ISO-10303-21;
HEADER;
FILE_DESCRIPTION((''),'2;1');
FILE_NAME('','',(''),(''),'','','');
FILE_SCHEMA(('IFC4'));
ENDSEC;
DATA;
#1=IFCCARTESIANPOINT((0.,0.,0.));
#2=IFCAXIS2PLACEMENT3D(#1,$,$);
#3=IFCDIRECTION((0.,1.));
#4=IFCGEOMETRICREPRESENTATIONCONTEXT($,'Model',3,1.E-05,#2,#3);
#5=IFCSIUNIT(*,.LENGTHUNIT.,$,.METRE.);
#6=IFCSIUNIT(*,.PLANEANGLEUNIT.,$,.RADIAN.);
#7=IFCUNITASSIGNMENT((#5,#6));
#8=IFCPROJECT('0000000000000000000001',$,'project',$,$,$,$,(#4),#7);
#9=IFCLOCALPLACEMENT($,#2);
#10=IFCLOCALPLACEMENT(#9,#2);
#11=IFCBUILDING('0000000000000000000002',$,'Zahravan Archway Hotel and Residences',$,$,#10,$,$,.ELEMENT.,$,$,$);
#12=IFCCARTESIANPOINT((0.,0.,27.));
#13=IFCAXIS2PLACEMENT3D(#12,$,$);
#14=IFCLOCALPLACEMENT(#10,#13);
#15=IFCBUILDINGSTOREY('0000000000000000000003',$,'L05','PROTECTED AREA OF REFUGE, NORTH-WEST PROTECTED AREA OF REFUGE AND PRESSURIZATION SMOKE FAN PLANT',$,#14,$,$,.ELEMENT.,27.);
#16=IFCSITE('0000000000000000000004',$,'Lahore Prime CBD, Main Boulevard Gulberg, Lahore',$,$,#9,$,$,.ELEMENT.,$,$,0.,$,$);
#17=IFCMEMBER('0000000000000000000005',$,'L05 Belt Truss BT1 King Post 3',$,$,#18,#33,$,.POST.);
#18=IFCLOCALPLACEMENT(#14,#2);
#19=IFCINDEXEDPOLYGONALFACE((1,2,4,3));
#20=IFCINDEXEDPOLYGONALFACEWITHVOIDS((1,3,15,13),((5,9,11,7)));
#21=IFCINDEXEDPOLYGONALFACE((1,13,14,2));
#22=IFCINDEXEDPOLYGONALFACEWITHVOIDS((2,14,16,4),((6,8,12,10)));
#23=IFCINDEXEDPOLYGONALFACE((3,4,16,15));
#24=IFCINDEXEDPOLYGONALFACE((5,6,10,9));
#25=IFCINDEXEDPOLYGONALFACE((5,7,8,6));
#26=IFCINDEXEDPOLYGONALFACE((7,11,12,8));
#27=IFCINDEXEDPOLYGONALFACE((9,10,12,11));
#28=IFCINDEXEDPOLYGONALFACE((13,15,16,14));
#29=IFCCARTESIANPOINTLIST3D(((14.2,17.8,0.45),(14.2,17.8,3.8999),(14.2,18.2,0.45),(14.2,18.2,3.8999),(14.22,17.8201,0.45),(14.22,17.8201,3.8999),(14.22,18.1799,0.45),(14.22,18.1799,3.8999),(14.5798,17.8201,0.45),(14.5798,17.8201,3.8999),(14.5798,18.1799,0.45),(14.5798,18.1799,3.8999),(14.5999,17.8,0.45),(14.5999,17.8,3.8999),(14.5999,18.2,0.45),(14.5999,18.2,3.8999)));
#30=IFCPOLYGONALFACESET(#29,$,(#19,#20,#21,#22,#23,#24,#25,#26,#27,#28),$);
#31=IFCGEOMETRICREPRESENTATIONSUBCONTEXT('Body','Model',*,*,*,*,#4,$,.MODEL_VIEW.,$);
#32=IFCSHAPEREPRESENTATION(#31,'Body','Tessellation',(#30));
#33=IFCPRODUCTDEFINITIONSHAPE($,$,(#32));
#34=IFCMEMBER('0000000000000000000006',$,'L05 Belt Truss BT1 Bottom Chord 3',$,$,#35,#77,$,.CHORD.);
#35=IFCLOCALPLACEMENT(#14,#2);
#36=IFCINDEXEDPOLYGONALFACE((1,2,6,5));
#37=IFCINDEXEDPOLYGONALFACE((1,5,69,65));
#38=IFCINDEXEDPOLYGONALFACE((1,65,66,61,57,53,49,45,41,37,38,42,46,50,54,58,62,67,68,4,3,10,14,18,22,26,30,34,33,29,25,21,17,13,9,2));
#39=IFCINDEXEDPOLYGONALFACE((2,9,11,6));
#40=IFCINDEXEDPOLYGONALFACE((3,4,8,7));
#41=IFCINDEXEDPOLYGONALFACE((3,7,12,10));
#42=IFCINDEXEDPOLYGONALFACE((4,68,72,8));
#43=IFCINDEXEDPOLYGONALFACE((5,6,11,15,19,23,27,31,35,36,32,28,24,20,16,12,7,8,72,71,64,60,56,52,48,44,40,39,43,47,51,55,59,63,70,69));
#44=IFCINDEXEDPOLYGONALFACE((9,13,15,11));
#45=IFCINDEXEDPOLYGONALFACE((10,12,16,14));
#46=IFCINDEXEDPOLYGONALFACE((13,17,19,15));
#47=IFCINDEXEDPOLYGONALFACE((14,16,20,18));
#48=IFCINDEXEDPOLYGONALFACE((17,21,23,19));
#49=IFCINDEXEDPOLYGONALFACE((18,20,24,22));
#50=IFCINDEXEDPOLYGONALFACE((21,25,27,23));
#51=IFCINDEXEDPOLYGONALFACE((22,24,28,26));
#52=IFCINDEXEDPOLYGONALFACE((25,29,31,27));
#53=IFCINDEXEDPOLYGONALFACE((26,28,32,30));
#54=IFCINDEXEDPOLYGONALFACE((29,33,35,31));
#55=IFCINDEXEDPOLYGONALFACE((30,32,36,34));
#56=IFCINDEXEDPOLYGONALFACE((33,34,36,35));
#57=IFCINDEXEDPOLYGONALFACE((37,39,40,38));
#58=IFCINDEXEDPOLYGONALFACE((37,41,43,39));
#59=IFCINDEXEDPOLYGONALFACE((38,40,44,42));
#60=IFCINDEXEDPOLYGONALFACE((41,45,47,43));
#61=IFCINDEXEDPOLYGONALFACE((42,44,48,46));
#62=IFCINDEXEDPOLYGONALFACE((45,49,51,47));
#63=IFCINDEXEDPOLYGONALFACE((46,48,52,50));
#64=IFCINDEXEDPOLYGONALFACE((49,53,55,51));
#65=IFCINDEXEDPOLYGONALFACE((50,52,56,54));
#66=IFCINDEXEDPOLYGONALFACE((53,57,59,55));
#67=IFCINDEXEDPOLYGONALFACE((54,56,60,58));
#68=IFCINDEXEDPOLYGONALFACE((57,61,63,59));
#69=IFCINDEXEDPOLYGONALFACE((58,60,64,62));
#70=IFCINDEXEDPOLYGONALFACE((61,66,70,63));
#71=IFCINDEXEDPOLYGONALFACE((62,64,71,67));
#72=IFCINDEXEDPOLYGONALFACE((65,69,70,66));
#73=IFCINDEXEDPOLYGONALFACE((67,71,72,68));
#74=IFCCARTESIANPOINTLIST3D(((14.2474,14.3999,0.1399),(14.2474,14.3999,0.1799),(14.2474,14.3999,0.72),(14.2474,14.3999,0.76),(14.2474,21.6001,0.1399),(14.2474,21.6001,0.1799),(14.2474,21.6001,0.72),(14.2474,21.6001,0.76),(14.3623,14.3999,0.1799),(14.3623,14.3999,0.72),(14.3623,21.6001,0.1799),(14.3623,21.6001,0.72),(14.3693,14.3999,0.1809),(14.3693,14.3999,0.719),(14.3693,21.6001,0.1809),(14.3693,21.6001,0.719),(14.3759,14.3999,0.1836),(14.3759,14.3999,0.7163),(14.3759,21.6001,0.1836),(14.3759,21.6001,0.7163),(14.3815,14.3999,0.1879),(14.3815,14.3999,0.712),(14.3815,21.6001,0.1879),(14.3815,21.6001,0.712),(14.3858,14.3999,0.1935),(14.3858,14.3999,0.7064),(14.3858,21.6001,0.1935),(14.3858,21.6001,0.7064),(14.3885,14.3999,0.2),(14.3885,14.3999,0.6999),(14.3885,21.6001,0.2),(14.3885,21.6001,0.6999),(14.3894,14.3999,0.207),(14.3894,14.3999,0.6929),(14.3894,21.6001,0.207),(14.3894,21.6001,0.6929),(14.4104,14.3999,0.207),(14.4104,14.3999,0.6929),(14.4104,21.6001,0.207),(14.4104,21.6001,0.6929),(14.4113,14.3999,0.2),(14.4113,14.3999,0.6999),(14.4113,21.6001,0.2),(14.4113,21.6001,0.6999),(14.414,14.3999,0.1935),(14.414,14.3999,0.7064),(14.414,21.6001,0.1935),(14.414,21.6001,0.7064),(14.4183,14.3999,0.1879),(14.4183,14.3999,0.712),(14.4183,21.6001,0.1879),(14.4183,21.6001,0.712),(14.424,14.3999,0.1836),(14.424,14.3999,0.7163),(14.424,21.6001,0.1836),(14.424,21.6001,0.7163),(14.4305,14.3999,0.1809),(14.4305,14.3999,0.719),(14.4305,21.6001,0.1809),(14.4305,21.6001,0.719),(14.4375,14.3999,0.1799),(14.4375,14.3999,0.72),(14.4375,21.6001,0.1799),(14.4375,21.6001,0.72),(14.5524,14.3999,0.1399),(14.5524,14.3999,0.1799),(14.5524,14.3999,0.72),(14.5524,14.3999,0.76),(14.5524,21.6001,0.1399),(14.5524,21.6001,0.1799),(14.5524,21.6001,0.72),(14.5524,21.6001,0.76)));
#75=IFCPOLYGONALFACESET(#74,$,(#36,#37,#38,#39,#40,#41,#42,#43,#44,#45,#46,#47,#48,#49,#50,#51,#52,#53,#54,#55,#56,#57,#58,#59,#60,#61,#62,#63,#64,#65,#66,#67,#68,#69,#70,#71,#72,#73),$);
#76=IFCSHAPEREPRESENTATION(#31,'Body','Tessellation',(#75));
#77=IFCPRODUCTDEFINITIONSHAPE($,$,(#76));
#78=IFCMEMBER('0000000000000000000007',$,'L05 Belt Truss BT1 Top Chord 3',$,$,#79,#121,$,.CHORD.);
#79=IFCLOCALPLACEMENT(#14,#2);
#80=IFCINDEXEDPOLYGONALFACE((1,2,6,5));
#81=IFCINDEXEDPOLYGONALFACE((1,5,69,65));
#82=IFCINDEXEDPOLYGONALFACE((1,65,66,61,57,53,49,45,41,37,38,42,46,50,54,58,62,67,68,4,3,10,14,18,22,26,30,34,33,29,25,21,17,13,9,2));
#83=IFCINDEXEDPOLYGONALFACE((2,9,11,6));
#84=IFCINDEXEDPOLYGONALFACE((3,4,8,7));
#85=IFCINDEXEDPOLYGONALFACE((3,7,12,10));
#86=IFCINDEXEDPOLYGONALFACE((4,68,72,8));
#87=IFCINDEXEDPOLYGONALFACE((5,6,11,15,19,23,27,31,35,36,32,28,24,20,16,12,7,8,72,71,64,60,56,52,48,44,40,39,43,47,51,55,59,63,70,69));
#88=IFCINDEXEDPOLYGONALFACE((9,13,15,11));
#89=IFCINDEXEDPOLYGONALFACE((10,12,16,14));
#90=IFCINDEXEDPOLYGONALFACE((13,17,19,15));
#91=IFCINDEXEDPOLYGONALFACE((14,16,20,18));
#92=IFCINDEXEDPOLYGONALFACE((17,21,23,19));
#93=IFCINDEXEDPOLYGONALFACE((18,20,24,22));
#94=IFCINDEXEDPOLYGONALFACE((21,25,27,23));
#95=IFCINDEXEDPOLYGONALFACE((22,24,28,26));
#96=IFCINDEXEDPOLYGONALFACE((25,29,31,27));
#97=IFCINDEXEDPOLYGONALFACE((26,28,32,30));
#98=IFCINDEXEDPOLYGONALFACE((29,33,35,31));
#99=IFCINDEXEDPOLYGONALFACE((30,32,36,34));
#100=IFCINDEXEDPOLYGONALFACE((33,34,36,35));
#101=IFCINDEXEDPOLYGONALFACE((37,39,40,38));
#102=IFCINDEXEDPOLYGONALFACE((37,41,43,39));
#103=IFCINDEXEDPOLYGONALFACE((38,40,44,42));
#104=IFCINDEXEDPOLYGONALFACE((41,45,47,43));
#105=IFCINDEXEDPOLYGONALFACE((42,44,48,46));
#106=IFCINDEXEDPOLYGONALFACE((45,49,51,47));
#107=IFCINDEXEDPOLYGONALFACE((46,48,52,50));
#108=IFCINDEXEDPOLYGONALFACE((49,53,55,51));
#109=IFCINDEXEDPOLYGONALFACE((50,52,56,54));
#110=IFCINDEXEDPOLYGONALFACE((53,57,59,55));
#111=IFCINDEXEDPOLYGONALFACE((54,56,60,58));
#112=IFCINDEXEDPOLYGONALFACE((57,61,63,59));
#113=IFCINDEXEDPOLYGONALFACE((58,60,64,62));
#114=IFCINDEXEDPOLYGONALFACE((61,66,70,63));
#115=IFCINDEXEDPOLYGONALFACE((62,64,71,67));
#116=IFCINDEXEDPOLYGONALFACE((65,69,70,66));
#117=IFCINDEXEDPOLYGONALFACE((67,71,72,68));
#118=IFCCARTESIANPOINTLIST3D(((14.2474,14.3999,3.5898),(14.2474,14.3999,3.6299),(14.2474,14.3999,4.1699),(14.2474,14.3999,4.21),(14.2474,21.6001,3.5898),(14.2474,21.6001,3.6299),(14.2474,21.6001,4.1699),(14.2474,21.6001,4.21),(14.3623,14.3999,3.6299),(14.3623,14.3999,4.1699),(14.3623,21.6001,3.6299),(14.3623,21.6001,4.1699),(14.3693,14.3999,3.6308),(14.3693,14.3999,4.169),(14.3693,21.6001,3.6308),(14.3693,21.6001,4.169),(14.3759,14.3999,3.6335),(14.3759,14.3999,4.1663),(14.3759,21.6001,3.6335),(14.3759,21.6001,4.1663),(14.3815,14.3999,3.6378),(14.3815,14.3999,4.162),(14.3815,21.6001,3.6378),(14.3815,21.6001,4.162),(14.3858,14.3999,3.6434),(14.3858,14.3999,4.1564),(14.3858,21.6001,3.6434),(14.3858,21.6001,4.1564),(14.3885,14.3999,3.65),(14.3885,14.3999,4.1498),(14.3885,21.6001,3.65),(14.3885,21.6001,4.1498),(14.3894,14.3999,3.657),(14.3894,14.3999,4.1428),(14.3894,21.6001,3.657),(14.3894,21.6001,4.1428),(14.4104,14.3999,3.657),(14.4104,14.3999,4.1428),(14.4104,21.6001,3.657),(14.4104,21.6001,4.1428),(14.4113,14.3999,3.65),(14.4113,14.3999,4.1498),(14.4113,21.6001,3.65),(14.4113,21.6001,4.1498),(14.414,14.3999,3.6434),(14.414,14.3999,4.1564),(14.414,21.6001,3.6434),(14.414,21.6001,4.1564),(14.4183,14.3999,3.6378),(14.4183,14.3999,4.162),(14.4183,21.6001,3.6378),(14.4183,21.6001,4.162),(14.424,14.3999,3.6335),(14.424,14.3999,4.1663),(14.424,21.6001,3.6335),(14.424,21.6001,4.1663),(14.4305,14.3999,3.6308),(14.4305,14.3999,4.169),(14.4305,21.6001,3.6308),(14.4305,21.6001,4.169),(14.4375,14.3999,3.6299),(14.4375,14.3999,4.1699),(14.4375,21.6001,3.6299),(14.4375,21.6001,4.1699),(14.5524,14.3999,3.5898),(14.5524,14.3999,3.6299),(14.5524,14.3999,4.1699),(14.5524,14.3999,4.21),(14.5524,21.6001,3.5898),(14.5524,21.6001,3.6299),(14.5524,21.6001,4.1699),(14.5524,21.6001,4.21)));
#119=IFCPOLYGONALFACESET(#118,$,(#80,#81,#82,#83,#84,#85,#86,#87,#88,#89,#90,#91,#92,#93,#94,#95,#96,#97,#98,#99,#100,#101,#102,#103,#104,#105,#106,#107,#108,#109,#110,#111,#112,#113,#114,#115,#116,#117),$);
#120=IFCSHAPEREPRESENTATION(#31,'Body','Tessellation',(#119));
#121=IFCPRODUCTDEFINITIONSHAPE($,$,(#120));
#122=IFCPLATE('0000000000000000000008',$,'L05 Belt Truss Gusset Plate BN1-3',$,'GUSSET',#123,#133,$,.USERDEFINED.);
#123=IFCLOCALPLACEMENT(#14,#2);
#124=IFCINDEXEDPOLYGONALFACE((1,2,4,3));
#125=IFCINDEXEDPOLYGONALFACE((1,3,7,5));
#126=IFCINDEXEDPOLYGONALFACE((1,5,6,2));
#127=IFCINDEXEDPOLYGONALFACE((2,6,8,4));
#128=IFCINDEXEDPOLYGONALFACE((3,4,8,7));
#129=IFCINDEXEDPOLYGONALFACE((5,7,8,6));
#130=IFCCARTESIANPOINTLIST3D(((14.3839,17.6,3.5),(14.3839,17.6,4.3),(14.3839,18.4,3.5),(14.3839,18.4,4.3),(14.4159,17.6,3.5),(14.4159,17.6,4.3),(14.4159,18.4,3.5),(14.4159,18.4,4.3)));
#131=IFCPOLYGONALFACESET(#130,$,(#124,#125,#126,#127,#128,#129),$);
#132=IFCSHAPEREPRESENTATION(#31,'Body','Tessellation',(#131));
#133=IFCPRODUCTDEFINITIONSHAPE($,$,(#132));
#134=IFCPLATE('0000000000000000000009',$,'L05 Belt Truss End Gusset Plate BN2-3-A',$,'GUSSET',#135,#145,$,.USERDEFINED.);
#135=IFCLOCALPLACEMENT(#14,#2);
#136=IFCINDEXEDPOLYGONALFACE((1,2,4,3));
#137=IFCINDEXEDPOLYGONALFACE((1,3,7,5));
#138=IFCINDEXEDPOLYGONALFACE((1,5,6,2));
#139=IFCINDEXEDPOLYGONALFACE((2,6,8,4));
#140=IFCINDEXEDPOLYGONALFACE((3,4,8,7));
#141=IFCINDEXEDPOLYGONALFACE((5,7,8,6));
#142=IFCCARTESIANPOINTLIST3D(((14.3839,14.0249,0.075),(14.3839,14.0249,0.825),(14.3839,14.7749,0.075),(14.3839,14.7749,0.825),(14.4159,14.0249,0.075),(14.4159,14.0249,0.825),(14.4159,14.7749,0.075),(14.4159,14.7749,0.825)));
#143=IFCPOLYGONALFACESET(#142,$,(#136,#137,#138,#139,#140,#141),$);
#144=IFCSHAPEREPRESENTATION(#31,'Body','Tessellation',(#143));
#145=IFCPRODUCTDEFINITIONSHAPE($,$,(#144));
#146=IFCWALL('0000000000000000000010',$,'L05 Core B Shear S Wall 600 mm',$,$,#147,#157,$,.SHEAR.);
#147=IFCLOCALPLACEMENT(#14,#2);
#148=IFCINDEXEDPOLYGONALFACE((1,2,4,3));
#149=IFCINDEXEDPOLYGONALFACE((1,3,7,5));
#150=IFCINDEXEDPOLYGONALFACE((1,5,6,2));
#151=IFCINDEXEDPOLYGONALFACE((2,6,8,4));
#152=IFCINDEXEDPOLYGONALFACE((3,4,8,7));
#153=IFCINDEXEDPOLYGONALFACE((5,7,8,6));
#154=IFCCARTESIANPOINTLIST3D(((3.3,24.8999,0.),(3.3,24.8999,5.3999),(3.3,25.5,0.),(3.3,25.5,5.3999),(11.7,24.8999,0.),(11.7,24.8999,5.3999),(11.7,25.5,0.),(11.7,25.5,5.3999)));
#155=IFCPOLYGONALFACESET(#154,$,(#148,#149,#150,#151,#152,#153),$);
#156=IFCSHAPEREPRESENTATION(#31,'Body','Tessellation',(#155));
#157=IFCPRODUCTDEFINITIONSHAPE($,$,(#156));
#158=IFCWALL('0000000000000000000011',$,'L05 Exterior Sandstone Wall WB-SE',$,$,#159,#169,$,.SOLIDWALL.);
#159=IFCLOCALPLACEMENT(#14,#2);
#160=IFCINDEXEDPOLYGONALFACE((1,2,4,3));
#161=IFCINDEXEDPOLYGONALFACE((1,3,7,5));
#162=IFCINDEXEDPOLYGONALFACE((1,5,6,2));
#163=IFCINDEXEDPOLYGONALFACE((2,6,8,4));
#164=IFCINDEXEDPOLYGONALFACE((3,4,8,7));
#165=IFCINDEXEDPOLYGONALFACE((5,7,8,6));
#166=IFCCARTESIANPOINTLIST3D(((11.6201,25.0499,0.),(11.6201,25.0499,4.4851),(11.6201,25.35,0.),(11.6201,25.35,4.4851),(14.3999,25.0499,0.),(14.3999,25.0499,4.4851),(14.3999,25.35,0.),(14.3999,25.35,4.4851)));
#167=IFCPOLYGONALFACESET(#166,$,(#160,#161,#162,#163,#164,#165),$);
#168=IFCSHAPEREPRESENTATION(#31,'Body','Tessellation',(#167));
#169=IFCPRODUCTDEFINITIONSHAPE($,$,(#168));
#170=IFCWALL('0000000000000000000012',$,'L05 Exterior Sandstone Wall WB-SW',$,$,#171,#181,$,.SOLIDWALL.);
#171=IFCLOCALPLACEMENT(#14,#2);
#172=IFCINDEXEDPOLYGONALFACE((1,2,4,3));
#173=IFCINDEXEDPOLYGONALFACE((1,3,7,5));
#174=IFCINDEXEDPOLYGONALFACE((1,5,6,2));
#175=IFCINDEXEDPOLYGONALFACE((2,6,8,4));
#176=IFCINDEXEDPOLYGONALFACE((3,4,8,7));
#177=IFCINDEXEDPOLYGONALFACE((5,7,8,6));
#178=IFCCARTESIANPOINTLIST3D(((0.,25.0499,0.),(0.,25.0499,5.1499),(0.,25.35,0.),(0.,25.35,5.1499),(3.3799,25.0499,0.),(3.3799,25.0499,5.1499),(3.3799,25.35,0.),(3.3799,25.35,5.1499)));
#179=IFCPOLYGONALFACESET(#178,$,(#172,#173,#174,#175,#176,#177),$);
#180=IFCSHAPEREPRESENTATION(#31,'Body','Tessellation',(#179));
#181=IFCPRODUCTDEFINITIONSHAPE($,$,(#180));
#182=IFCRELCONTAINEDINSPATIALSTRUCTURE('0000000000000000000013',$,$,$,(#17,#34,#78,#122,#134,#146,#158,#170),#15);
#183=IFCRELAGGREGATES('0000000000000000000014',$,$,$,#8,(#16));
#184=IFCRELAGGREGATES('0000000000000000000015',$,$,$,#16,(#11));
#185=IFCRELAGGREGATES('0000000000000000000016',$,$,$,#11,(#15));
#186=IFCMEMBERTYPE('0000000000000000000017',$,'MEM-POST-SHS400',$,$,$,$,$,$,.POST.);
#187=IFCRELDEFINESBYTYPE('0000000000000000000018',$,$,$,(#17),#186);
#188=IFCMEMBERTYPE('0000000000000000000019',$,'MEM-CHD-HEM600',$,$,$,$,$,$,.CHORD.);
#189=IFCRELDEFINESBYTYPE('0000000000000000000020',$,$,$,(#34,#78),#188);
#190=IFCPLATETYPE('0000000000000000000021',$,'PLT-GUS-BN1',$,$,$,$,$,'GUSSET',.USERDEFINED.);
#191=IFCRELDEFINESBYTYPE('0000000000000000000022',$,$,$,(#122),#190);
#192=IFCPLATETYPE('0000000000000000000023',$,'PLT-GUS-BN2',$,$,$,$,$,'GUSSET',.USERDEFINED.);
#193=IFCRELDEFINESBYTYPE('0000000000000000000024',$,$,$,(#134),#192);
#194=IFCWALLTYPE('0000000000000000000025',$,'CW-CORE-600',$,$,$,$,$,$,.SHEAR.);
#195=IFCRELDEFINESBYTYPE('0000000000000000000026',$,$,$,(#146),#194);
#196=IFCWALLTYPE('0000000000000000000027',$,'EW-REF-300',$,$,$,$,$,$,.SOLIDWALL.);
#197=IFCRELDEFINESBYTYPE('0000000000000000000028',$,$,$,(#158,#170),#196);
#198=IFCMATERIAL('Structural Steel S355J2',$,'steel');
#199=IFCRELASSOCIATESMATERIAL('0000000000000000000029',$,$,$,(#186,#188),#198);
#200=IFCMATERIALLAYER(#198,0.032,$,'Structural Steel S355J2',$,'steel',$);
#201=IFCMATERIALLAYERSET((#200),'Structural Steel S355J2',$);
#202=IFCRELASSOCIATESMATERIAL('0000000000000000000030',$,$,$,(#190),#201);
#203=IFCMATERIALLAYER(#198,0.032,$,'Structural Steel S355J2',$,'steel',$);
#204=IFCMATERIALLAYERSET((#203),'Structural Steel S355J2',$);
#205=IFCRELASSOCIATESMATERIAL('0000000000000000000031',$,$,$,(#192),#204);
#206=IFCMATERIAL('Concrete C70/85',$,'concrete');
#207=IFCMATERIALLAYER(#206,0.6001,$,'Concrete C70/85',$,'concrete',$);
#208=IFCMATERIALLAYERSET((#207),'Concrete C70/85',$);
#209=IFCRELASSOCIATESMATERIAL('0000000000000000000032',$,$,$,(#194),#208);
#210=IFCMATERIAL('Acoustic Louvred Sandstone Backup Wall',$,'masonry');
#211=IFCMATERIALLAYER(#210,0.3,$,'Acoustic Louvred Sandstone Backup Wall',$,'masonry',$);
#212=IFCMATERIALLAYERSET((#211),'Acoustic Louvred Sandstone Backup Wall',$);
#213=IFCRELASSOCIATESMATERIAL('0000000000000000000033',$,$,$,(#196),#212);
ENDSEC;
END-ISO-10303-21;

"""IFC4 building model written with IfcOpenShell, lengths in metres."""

from ifc_helpers import new_model, si_unit, direction, frame, frame_2d, origin, origin_2d, place, context, subcontext, project, spatial, rectangle, hollow_rectangle, i_section, extrude, source, transform, mapped, material, layer, layer_set, material_profile, profile_set, type_object, type_shapes, element, save


model = new_model("IFC4")

# Units and contexts
model_context = context("Model", 3, precision=1e-05, world=origin(), true_north=direction((0.0, 1.0)))
body_context = subcontext(model_context, "Body", "Model", "MODEL_VIEW")
ifc_project = project(units=[si_unit("LENGTHUNIT", "METRE"), si_unit("PLANEANGLEUNIT", "RADIAN")], contexts=[model_context])

# Site, building, storey
site_placement = place(None, origin())
site = spatial("IfcSite", under=ifc_project, at=site_placement, Name="Lahore Prime CBD, Main Boulevard Gulberg, Lahore", CompositionType="ELEMENT", RefElevation=0.0)
building_placement = place(site_placement, origin())
building = spatial("IfcBuilding", under=site, at=building_placement, Name="Zahravan Archway Hotel and Residences", CompositionType="ELEMENT")
storey_placement = place(building_placement, frame((0.0, 0.0, 27.0)))
storey = spatial("IfcBuildingStorey", under=building, at=storey_placement, Name="L05", Description="PROTECTED AREA OF REFUGE, NORTH-WEST PROTECTED AREA OF REFUGE AND PRESSURIZATION SMOKE FAN PLANT", CompositionType="ELEMENT", Elevation=27.0)

# Shared definitions
ifc_material_1 = material(Name="Concrete C70/85", Category="concrete")

# Members
ifc_material_2 = material(Name="Structural Steel S355J2", Category="steel")
ifc_material_profile_1 = material_profile(ifc_material_2, hollow_rectangle(XDim=0.3999, YDim=0.3999, WallThickness=0.02, at=origin_2d()), Name="SHS 400x400x20", Category="steel")
ifc_profile_set_1 = profile_set([ifc_material_profile_1], Name="Structural Steel S355J2")
member_type_1 = type_object("IfcMemberType", Name="MEM-POST-SHS400", PredefinedType="POST", material=ifc_profile_set_1)
shared_shape_1 = source(origin(), body_context, "Body", "SweptSolid", [
    extrude(hollow_rectangle(XDim=0.3999, YDim=0.3999, WallThickness=0.02, at=origin_2d()), origin(), (0.0, 0.0, 1.0), 3.45),
])
type_shapes(member_type_1, [shared_shape_1])
member_placement = place(storey_placement, frame((14.3999, 18.0, 0.45), z_axis=(0.0, 0.0, 1.0), x_axis=(1.0, 0.0, 0.0)))
element("IfcMember", 1, at=member_placement, inside=storey, type_object=member_type_1, Name="L05 Belt Truss BT1 King Post 3", PredefinedType="POST", context=body_context, shape_type="MappedRepresentation", body=[
    mapped(shared_shape_1, transform((0.0, 0.0, 0.0), scale=1.0)),
])
ifc_material_profile_2 = material_profile(ifc_material_2, i_section(OverallWidth=0.3049, OverallDepth=0.6201, WebThickness=0.021, FlangeThickness=0.04, FilletRadius=0.0271, at=origin_2d()), Name="HEM 600", Category="steel")
ifc_profile_set_2 = profile_set([ifc_material_profile_2], Name="Structural Steel S355J2")
member_type_2 = type_object("IfcMemberType", Name="MEM-CHD-HEM600", PredefinedType="CHORD", material=ifc_profile_set_2)
shared_shape_2 = source(origin(), body_context, "Body", "SweptSolid", [
    extrude(i_section(OverallWidth=0.3049, OverallDepth=0.6201, WebThickness=0.021, FlangeThickness=0.04, FilletRadius=0.0271, at=origin_2d()), origin(), (0.0, 0.0, 1.0), 7.2002),
])
for number, where, z_axis, x_axis, name in (
    (2, (14.3999, 14.3999, 0.45), (0.0, 1.0, 0.0), (-1.0, 0.0, 0.0), "L05 Belt Truss BT1 Bottom Chord 3"),
    (3, (14.3999, 14.3999, 3.8999), (0.0, 1.0, 0.0), (-1.0, 0.0, 0.0), "L05 Belt Truss BT1 Top Chord 3"),
):
    element("IfcMember", number, at=place(storey_placement, frame(where, z_axis=z_axis, x_axis=x_axis)), inside=storey, type_object=member_type_2, Name=name, PredefinedType="CHORD", context=body_context, shape_type="MappedRepresentation", body=[
        mapped(shared_shape_2, transform((0.0, 0.0, 0.0), scale=1.0)),
    ])

# Plates
ifc_layer_1 = layer(ifc_material_2, 0.032, Name="Structural Steel S355J2", Category="steel")
ifc_layer_set_1 = layer_set([ifc_layer_1], Name="Structural Steel S355J2")
plate_type_1 = type_object("IfcPlateType", Name="PLT-GUS-BN1", ElementType="GUSSET", PredefinedType="USERDEFINED", material=ifc_layer_set_1)
shared_shape_3 = source(origin(), body_context, "Body", "SweptSolid", [
    extrude(rectangle(XDim=0.8, YDim=0.032, at=origin_2d()), origin(), (0.0, 0.0, 1.0), 0.8),
])
type_shapes(plate_type_1, [shared_shape_3])
plate_1_placement = place(storey_placement, frame((14.3999, 18.0, 3.5), z_axis=(0.0, 0.0, 1.0), x_axis=(0.0, 1.0, 0.0)))
element("IfcPlate", 4, at=plate_1_placement, inside=storey, type_object=plate_type_1, Name="L05 Belt Truss Gusset Plate BN1-3", ObjectType="GUSSET", PredefinedType="USERDEFINED", context=body_context, shape_type="MappedRepresentation", body=[
    mapped(shared_shape_3, transform((0.0, 0.0, 0.0), scale=1.0)),
])
ifc_layer_2 = layer(ifc_material_2, 0.032, Name="Structural Steel S355J2", Category="steel")
ifc_layer_set_2 = layer_set([ifc_layer_2], Name="Structural Steel S355J2")
plate_type_2 = type_object("IfcPlateType", Name="PLT-GUS-BN2", ElementType="GUSSET", PredefinedType="USERDEFINED", material=ifc_layer_set_2)
shared_shape_4 = source(origin(), body_context, "Body", "SweptSolid", [
    extrude(rectangle(XDim=0.75, YDim=0.032, at=origin_2d()), origin(), (0.0, 0.0, 1.0), 0.75),
])
type_shapes(plate_type_2, [shared_shape_4])
plate_2_placement = place(storey_placement, frame((14.3999, 14.3999, 0.075), z_axis=(0.0, 0.0, 1.0), x_axis=(0.0, 1.0, 0.0)))
element("IfcPlate", 5, at=plate_2_placement, inside=storey, type_object=plate_type_2, Name="L05 Belt Truss End Gusset Plate BN2-3-A", ObjectType="GUSSET", PredefinedType="USERDEFINED", context=body_context, shape_type="MappedRepresentation", body=[
    mapped(shared_shape_4, transform((0.0, 0.0, 0.0), scale=1.0)),
])

# Walls
ifc_layer_3 = layer(ifc_material_1, 0.6001, Name="Concrete C70/85", Category="concrete")
ifc_layer_set_3 = layer_set([ifc_layer_3], Name="Concrete C70/85")
wall_type_1 = type_object("IfcWallType", Name="CW-CORE-600", PredefinedType="SHEAR", material=ifc_layer_set_3)
wall_1_placement = place(storey_placement, frame((3.3, 25.2, 0.0), z_axis=(0.0, 0.0, 1.0), x_axis=(1.0, 0.0, 0.0)))
element("IfcWall", 6, at=wall_1_placement, inside=storey, type_object=wall_type_1, Name="L05 Core B Shear S Wall 600 mm", PredefinedType="SHEAR", context=body_context, shape_type="SweptSolid", body=[
    extrude(rectangle(XDim=8.3999, YDim=0.6001, at=frame_2d((4.2, 0.0))), origin(), (0.0, 0.0, 1.0), 5.3999),
])
ifc_material_3 = material(Name="Acoustic Louvred Sandstone Backup Wall", Category="masonry")
ifc_layer_4 = layer(ifc_material_3, 0.3, Name="Acoustic Louvred Sandstone Backup Wall", Category="masonry")
ifc_layer_set_4 = layer_set([ifc_layer_4], Name="Acoustic Louvred Sandstone Backup Wall")
wall_type_2 = type_object("IfcWallType", Name="EW-REF-300", PredefinedType="SOLIDWALL", material=ifc_layer_set_4)
wall_2_placement = place(storey_placement, frame((11.6201, 25.2, 0.0), z_axis=(0.0, 0.0, 1.0), x_axis=(1.0, 0.0, 0.0)))
element("IfcWall", 7, at=wall_2_placement, inside=storey, type_object=wall_type_2, Name="L05 Exterior Sandstone Wall WB-SE", PredefinedType="SOLIDWALL", context=body_context, shape_type="SweptSolid", body=[
    extrude(rectangle(XDim=2.7798, YDim=0.3, at=frame_2d((1.3899, 0.0))), origin(), (0.0, 0.0, 1.0), 4.4851),
])
wall_3_placement = place(storey_placement, frame((0.0, 25.2, 0.0), z_axis=(0.0, 0.0, 1.0), x_axis=(1.0, 0.0, 0.0)))
element("IfcWall", 8, at=wall_3_placement, inside=storey, type_object=wall_type_2, Name="L05 Exterior Sandstone Wall WB-SW", PredefinedType="SOLIDWALL", context=body_context, shape_type="SweptSolid", body=[
    extrude(rectangle(XDim=3.3799, YDim=0.3, at=frame_2d((1.6899, 0.0))), origin(), (0.0, 0.0, 1.0), 5.1499),
])

save(model, "model.ifc")
